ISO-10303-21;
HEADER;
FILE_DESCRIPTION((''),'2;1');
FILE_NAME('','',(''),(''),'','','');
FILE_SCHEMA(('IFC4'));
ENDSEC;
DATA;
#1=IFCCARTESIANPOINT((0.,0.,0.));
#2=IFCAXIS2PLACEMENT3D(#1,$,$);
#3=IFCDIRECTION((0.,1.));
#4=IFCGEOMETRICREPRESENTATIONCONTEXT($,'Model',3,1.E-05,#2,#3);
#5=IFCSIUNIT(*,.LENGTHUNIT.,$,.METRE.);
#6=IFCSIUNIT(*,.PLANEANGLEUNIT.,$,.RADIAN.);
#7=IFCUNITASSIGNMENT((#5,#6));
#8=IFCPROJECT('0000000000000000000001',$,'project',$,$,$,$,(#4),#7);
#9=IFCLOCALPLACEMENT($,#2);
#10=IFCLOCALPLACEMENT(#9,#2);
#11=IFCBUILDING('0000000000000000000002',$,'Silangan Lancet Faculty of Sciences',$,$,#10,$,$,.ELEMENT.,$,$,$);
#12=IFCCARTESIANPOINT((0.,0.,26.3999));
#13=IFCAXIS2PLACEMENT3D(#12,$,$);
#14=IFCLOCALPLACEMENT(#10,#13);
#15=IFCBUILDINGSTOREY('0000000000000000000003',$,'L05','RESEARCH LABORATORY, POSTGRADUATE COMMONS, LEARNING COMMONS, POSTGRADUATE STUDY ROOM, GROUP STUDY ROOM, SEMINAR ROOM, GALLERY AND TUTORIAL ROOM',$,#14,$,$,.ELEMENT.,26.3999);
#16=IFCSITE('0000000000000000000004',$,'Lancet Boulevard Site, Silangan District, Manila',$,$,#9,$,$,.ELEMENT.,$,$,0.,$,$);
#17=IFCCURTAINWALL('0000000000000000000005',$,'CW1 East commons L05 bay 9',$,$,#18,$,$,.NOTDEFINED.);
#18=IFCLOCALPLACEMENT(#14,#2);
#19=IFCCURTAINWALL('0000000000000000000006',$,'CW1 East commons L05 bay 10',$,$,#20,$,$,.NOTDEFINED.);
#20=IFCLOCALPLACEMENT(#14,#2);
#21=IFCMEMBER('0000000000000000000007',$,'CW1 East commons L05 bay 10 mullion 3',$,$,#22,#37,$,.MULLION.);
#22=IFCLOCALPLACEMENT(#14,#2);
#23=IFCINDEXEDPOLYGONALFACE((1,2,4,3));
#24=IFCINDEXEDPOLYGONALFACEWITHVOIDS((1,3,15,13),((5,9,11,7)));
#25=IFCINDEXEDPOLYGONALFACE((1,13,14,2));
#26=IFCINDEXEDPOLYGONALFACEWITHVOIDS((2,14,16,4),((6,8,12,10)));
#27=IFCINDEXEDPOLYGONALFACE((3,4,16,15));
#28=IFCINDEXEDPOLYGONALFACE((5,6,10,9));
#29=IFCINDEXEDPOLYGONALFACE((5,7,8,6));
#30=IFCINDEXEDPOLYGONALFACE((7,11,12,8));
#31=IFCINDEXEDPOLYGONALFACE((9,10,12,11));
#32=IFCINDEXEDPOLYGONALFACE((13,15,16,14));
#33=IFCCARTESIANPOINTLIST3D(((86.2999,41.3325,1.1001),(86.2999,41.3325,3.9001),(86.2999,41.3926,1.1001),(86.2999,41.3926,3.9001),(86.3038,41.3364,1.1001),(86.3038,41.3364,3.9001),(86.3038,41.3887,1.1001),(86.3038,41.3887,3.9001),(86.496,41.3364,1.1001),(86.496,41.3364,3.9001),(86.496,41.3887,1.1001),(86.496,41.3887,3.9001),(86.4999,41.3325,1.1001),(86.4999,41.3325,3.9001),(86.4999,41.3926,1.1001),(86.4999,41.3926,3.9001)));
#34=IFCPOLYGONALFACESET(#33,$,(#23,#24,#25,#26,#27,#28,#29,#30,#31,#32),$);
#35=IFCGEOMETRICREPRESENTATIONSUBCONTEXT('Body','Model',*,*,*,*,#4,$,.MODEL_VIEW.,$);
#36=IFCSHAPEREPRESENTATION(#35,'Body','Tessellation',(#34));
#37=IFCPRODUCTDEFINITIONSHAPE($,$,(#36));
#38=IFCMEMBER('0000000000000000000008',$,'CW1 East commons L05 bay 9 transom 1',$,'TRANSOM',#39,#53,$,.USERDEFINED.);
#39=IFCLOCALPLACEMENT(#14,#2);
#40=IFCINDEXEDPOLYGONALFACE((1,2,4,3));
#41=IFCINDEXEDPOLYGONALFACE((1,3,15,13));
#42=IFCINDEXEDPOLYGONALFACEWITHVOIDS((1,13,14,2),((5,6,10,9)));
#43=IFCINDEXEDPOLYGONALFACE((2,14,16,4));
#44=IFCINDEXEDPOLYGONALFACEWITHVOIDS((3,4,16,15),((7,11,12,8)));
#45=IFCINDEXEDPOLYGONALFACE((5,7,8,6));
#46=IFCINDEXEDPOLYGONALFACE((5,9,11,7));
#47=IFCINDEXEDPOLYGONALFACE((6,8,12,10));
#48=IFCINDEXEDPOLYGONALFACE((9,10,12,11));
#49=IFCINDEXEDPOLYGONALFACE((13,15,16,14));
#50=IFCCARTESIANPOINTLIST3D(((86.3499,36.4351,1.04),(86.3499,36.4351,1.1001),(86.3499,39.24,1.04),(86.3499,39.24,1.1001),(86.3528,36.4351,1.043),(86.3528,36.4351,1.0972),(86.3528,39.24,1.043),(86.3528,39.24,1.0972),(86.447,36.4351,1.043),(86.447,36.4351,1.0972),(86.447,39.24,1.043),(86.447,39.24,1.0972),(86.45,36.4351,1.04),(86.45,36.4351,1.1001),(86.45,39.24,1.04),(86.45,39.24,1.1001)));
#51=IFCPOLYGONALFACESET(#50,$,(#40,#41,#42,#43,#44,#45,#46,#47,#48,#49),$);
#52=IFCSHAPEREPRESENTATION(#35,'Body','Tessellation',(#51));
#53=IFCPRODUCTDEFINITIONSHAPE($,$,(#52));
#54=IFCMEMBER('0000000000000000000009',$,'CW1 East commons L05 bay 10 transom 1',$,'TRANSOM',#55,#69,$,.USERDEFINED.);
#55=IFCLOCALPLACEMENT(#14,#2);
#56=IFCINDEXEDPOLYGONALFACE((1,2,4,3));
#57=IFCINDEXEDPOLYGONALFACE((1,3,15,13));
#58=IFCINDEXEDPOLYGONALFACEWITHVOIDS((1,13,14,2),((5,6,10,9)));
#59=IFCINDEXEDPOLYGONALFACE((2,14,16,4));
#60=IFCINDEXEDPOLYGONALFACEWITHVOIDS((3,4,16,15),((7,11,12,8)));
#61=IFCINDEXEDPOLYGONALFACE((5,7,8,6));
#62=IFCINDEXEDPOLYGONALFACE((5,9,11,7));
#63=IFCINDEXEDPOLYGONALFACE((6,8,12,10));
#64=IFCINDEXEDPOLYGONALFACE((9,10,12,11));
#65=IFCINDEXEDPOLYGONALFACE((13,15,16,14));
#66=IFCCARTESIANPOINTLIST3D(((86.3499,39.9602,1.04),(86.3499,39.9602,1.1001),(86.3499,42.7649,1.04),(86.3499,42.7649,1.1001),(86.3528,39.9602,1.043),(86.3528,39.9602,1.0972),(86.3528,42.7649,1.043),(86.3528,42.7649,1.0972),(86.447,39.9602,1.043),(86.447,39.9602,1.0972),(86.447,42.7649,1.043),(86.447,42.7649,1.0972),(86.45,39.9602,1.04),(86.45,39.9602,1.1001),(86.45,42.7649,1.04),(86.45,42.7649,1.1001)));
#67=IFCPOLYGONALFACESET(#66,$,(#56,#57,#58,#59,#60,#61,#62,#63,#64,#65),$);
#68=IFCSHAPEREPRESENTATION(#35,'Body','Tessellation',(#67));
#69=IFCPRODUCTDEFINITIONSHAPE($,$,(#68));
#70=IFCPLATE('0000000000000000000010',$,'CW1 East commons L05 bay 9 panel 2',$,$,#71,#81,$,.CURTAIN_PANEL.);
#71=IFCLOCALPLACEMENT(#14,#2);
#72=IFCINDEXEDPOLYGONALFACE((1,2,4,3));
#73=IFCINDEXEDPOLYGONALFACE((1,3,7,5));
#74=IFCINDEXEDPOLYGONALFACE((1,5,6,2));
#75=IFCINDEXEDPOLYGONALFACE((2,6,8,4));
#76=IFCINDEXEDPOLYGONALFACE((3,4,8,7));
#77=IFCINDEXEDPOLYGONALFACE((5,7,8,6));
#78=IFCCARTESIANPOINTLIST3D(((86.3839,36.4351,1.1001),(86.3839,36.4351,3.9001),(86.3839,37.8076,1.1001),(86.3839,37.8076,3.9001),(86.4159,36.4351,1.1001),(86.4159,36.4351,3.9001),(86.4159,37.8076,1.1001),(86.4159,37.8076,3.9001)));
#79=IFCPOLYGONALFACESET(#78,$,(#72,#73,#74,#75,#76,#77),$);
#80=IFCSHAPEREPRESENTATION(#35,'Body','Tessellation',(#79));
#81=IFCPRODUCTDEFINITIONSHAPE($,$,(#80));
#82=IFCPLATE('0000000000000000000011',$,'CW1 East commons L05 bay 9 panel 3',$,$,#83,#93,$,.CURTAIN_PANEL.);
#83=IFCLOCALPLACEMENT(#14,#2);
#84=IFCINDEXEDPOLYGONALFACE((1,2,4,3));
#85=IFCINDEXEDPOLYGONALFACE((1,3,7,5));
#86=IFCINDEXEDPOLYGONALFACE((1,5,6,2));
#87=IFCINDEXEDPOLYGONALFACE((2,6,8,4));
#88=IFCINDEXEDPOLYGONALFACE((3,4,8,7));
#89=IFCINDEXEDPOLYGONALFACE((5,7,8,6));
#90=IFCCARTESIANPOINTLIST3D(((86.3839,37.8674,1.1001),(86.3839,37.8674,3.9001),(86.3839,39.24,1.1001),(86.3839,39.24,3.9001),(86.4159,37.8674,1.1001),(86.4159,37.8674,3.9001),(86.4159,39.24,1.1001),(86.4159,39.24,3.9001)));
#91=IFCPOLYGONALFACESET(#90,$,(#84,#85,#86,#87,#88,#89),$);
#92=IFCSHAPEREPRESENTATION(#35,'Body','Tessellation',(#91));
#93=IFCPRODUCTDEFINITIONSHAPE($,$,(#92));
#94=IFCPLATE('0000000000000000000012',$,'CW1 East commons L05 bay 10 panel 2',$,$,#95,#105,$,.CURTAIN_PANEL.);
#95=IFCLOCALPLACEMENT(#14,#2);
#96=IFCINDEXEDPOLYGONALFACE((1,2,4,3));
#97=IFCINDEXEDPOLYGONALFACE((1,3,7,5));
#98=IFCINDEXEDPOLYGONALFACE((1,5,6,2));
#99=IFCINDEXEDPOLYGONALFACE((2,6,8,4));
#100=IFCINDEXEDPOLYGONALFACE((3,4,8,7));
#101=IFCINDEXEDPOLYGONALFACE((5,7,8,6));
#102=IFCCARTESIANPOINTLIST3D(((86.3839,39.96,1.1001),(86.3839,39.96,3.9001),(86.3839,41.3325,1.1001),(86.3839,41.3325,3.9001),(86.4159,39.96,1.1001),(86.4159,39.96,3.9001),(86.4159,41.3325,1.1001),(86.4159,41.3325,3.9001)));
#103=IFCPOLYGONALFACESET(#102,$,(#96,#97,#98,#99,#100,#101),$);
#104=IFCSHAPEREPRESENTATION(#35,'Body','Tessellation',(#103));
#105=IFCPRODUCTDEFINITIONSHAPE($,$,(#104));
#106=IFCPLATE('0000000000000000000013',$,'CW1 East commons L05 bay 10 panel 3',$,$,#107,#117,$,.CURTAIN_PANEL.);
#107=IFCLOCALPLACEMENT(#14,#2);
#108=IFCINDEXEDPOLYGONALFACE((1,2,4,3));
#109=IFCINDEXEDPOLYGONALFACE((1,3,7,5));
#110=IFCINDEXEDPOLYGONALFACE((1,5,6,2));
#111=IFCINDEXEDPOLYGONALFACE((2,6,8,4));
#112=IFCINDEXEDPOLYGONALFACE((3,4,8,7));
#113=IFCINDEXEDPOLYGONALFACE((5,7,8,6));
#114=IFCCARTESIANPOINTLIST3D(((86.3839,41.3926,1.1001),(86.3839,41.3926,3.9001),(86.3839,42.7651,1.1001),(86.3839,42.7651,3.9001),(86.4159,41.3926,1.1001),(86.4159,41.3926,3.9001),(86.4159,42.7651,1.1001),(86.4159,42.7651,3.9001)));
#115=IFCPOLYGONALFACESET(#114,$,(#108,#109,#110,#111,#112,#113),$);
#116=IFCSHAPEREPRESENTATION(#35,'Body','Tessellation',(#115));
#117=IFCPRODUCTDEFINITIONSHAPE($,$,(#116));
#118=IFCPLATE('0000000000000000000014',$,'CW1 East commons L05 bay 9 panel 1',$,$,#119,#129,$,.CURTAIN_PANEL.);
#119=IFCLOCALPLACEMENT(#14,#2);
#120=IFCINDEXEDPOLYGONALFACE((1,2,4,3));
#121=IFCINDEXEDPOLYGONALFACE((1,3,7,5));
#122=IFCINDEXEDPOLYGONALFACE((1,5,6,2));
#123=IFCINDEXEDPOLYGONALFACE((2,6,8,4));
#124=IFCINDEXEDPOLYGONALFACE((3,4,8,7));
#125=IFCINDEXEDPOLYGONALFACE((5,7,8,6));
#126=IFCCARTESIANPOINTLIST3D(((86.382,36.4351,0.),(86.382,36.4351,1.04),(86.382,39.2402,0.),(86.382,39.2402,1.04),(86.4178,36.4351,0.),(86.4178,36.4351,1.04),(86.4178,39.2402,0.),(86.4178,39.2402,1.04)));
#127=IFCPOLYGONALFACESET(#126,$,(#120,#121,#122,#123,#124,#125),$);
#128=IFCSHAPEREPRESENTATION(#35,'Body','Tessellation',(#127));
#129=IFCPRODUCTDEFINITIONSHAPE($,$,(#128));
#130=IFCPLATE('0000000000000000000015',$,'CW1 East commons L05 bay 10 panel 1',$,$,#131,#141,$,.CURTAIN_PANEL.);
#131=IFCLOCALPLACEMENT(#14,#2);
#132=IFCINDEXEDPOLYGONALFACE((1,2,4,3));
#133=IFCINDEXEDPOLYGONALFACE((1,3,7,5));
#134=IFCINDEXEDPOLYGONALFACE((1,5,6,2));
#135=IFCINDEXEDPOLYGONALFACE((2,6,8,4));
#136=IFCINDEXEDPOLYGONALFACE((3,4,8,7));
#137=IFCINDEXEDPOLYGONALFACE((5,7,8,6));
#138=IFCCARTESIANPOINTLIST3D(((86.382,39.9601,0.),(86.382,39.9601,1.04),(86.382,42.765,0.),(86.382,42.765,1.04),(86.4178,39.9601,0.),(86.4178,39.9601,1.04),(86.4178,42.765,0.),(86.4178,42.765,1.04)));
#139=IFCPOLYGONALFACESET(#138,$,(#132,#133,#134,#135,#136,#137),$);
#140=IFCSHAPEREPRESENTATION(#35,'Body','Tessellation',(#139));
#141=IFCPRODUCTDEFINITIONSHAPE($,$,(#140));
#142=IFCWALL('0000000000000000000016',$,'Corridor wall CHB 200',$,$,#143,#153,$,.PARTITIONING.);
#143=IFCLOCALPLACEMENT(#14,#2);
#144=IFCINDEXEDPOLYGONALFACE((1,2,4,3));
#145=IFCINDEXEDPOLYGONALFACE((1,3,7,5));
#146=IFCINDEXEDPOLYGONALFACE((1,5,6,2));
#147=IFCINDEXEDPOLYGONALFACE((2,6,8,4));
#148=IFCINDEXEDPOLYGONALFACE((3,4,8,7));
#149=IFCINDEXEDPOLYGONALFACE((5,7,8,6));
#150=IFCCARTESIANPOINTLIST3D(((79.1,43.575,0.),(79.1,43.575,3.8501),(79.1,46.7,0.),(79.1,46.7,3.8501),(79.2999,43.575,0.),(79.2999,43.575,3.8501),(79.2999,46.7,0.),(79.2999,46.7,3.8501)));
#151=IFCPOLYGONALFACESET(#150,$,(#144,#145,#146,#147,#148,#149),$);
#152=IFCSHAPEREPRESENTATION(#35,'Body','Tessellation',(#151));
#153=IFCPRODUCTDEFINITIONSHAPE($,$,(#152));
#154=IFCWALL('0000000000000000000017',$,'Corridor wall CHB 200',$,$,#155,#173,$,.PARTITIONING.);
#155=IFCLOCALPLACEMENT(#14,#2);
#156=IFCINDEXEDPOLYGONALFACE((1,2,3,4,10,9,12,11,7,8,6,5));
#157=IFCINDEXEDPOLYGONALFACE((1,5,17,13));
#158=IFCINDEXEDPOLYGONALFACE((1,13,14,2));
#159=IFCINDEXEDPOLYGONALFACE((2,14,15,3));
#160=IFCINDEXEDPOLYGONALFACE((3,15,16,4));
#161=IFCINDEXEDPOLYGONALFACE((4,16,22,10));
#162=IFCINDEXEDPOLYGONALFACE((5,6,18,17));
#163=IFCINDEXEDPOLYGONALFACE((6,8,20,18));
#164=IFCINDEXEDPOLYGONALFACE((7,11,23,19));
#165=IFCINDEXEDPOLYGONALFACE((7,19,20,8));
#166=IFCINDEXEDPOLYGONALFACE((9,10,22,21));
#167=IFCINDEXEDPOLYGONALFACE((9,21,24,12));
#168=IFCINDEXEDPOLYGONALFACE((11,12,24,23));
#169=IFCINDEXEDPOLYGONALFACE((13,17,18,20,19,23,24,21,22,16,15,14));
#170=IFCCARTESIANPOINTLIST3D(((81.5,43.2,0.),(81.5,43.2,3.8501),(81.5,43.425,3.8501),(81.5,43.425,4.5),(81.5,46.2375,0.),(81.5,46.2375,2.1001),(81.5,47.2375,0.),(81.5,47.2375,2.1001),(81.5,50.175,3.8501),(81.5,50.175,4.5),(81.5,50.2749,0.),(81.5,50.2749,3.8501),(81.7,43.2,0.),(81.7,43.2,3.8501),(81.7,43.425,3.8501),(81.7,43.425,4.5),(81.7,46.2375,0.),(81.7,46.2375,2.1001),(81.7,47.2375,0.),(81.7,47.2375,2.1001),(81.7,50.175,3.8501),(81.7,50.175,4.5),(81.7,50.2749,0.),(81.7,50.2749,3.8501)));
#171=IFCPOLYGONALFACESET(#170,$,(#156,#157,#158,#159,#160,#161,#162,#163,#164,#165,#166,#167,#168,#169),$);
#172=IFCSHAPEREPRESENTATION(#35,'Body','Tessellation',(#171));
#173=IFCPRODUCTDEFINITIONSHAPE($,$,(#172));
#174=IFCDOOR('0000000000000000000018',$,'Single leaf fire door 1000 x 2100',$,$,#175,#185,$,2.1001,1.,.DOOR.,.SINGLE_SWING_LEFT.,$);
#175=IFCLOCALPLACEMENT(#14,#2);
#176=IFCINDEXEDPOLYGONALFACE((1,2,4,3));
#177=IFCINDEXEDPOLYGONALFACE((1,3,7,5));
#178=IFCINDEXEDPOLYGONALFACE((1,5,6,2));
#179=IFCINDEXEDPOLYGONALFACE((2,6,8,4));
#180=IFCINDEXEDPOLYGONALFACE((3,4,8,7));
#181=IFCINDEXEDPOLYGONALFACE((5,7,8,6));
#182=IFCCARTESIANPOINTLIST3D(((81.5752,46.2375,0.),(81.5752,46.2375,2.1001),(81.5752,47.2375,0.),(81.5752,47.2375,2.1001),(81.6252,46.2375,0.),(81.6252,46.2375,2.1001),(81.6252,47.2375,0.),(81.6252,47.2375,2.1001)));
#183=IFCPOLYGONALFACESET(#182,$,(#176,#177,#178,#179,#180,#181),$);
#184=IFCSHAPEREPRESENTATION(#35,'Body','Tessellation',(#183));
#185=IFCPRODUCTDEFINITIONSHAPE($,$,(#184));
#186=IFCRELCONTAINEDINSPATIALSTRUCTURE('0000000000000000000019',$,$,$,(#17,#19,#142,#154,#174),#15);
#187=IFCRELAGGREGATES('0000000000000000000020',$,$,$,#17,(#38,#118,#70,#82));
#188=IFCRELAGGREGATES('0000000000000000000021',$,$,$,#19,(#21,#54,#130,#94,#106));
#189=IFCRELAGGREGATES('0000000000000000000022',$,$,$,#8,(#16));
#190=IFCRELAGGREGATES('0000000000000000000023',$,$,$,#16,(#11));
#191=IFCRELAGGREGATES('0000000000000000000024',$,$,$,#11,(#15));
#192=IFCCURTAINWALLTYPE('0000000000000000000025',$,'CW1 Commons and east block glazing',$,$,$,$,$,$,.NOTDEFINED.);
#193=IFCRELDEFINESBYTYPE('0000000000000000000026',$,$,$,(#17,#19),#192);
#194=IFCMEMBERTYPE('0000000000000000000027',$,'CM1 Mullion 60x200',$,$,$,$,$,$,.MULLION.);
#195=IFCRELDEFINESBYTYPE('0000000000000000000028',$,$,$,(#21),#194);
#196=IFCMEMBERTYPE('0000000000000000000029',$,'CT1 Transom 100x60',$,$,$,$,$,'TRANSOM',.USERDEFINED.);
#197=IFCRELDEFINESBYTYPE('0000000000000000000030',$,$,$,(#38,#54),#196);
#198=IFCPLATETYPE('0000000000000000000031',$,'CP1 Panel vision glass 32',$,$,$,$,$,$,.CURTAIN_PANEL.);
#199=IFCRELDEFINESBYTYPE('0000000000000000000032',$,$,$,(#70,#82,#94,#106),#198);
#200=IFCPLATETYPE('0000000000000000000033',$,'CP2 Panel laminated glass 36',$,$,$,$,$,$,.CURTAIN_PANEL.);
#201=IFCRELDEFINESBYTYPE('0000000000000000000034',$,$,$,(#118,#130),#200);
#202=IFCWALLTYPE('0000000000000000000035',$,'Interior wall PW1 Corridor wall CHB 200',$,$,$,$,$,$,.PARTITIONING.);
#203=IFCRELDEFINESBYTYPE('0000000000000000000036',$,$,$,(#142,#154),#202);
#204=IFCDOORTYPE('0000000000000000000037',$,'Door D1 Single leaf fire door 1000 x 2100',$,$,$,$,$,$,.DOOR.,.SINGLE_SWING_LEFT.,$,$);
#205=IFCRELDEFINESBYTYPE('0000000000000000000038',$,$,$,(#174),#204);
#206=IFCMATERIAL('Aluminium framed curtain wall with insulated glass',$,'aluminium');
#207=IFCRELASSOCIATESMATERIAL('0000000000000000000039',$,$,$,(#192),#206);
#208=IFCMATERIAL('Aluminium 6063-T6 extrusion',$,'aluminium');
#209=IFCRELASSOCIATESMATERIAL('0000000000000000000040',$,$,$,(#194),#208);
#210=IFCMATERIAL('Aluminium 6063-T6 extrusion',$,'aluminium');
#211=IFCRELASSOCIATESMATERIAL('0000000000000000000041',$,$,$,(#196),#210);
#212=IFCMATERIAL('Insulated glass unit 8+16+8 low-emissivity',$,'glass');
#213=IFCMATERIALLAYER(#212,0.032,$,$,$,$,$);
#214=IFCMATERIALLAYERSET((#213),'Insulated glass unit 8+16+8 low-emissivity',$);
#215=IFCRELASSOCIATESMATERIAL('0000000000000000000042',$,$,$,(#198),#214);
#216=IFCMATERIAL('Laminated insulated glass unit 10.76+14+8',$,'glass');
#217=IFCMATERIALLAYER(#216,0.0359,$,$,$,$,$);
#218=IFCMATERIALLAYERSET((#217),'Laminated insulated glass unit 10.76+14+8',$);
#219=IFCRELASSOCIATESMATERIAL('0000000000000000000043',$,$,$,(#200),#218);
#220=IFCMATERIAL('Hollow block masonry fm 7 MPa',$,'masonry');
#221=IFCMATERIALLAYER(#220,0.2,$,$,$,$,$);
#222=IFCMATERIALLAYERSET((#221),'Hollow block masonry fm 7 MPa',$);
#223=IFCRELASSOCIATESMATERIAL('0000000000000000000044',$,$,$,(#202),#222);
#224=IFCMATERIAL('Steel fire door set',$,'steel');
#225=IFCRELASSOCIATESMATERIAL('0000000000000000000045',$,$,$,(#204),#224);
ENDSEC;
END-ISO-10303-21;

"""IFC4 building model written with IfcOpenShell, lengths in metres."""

from ifc_helpers import new_model, si_unit, direction, frame, frame_2d, origin, origin_2d, place, context, subcontext, project, spatial, polyline, rectangle, hollow_rectangle, outline, extrude, material, layer, layer_set, material_profile, profile_set, type_object, element, fill, aggregate, save


model = new_model("IFC4")

# Units and contexts
model_context = context("Model", 3, precision=1e-05, world=origin(), true_north=direction((0.0, 1.0)))
body_context = subcontext(model_context, "Body", "Model", "MODEL_VIEW")
ifc_project = project(units=[si_unit("LENGTHUNIT", "METRE"), si_unit("PLANEANGLEUNIT", "RADIAN")], contexts=[model_context])

# Site, building, storey
site_placement = place(None, origin())
site = spatial("IfcSite", under=ifc_project, at=site_placement, Name="Lancet Boulevard Site, Silangan District, Manila", CompositionType="ELEMENT", RefElevation=0.0)
building_placement = place(site_placement, origin())
building = spatial("IfcBuilding", under=site, at=building_placement, Name="Silangan Lancet Faculty of Sciences", CompositionType="ELEMENT")
storey_placement = place(building_placement, frame((0.0, 0.0, 26.3999)))
storey = spatial("IfcBuildingStorey", under=building, at=storey_placement, Name="L05", Description="RESEARCH LABORATORY, POSTGRADUATE COMMONS, LEARNING COMMONS, POSTGRADUATE STUDY ROOM, GROUP STUDY ROOM, SEMINAR ROOM, GALLERY AND TUTORIAL ROOM", CompositionType="ELEMENT", Elevation=26.3999)

# Curtain walls, member
ifc_material_1 = material(Name="Aluminium framed curtain wall with insulated glass", Category="aluminium")
curtain_wall_type = type_object("IfcCurtainWallType", Name="CW1 Commons and east block glazing", PredefinedType="NOTDEFINED", material=ifc_material_1)
curtain_wall_1_placement = place(storey_placement, origin())
curtain_wall_1 = element("IfcCurtainWall", 1, at=curtain_wall_1_placement, inside=storey, type_object=curtain_wall_type, Name="CW1 East commons L05 bay 9", PredefinedType="NOTDEFINED")
ifc_material_2 = material(Name="Aluminium 6063-T6 extrusion", Category="aluminium")
ifc_material_profile_1 = material_profile(ifc_material_2, hollow_rectangle(XDim=0.0601, YDim=0.2, WallThickness=0.0039, at=origin_2d()), Name="AL BOX 60x200x4")
ifc_profile_set_1 = profile_set([ifc_material_profile_1], Name="Aluminium 6063-T6 extrusion")
member_type_1 = type_object("IfcMemberType", Name="CM1 Mullion 60x200", PredefinedType="MULLION", material=ifc_profile_set_1)
curtain_wall_2_placement = place(storey_placement, origin())
curtain_wall_2 = element("IfcCurtainWall", 2, at=curtain_wall_2_placement, inside=storey, type_object=curtain_wall_type, Name="CW1 East commons L05 bay 10", PredefinedType="NOTDEFINED")
member_1_placement = place(storey_placement, frame((86.3999, 41.3625, 1.1001), z_axis=(0.0, 0.0, 1.0), x_axis=(0.0, 1.0, 0.0)))
member_1 = element("IfcMember", 3, at=member_1_placement, type_object=member_type_1, Name="CW1 East commons L05 bay 10 mullion 3", PredefinedType="MULLION", context=body_context, shape_type="SweptSolid", body=[
    extrude(hollow_rectangle(XDim=0.0601, YDim=0.2, WallThickness=0.0039, at=origin_2d()), origin(), (0.0, 0.0, 1.0), 2.8),
])

# Members
ifc_material_3 = material(Name="Aluminium 6063-T6 extrusion", Category="aluminium")
ifc_material_profile_2 = material_profile(ifc_material_3, hollow_rectangle(XDim=0.1001, YDim=0.0601, WallThickness=0.0029, at=origin_2d()), Name="AL BOX 100x60x3")
ifc_profile_set_2 = profile_set([ifc_material_profile_2], Name="Aluminium 6063-T6 extrusion")
member_type_2 = type_object("IfcMemberType", Name="CT1 Transom 100x60", ElementType="TRANSOM", PredefinedType="USERDEFINED", material=ifc_profile_set_2)
member_2_placement = place(storey_placement, frame((86.3999, 36.4351, 1.0701), z_axis=(0.0, 1.0, 0.0), x_axis=(-1.0, 0.0, 0.0)))
member_2 = element("IfcMember", 4, at=member_2_placement, type_object=member_type_2, Name="CW1 East commons L05 bay 9 transom 1", ObjectType="TRANSOM", PredefinedType="USERDEFINED", context=body_context, shape_type="SweptSolid", body=[
    extrude(hollow_rectangle(XDim=0.1001, YDim=0.0601, WallThickness=0.0029, at=origin_2d()), origin(), (0.0, 0.0, 1.0), 2.8049),
])
member_3_placement = place(storey_placement, frame((86.3999, 39.9602, 1.0701), z_axis=(0.0, 1.0, 0.0), x_axis=(-1.0, 0.0, 0.0)))
member_3 = element("IfcMember", 5, at=member_3_placement, type_object=member_type_2, Name="CW1 East commons L05 bay 10 transom 1", ObjectType="TRANSOM", PredefinedType="USERDEFINED", context=body_context, shape_type="SweptSolid", body=[
    extrude(hollow_rectangle(XDim=0.1001, YDim=0.0601, WallThickness=0.0029, at=origin_2d()), origin(), (0.0, 0.0, 1.0), 2.8047),
])

# Plates
ifc_material_4 = material(Name="Insulated glass unit 8+16+8 low-emissivity", Category="glass")
ifc_layer_1 = layer(ifc_material_4, 0.032)
ifc_layer_set_1 = layer_set([ifc_layer_1], Name="Insulated glass unit 8+16+8 low-emissivity")
plate_type_1 = type_object("IfcPlateType", Name="CP1 Panel vision glass 32", PredefinedType="CURTAIN_PANEL", material=ifc_layer_set_1)
plate_1_placement = place(storey_placement, frame((86.3999, 37.1213, 1.1001), z_axis=(0.0, 0.0, 1.0), x_axis=(0.0, 1.0, 0.0)))
plate_1 = element("IfcPlate", 6, at=plate_1_placement, type_object=plate_type_1, Name="CW1 East commons L05 bay 9 panel 2", PredefinedType="CURTAIN_PANEL", context=body_context, shape_type="SweptSolid", body=[
    extrude(rectangle(XDim=1.3726, YDim=0.032, at=origin_2d()), origin(), (0.0, 0.0, 1.0), 2.8),
])
plate_2_placement = place(storey_placement, frame((86.3999, 38.5537, 1.1001), z_axis=(0.0, 0.0, 1.0), x_axis=(0.0, 1.0, 0.0)))
plate_2 = element("IfcPlate", 7, at=plate_2_placement, type_object=plate_type_1, Name="CW1 East commons L05 bay 9 panel 3", PredefinedType="CURTAIN_PANEL", context=body_context, shape_type="SweptSolid", body=[
    extrude(rectangle(XDim=1.3726, YDim=0.032, at=origin_2d()), origin(), (0.0, 0.0, 1.0), 2.8),
])
plate_3_placement = place(storey_placement, frame((86.3999, 40.6462, 1.1001), z_axis=(0.0, 0.0, 1.0), x_axis=(0.0, 1.0, 0.0)))
plate_3 = element("IfcPlate", 8, at=plate_3_placement, type_object=plate_type_1, Name="CW1 East commons L05 bay 10 panel 2", PredefinedType="CURTAIN_PANEL", context=body_context, shape_type="SweptSolid", body=[
    extrude(rectangle(XDim=1.3726, YDim=0.032, at=origin_2d()), origin(), (0.0, 0.0, 1.0), 2.8),
])
plate_4_placement = place(storey_placement, frame((86.3999, 42.0789, 1.1001), z_axis=(0.0, 0.0, 1.0), x_axis=(0.0, 1.0, 0.0)))
plate_4 = element("IfcPlate", 9, at=plate_4_placement, type_object=plate_type_1, Name="CW1 East commons L05 bay 10 panel 3", PredefinedType="CURTAIN_PANEL", context=body_context, shape_type="SweptSolid", body=[
    extrude(rectangle(XDim=1.3726, YDim=0.032, at=origin_2d()), origin(), (0.0, 0.0, 1.0), 2.8),
])
ifc_material_5 = material(Name="Laminated insulated glass unit 10.76+14+8", Category="glass")
ifc_layer_2 = layer(ifc_material_5, 0.0359)
ifc_layer_set_2 = layer_set([ifc_layer_2], Name="Laminated insulated glass unit 10.76+14+8")
plate_type_2 = type_object("IfcPlateType", Name="CP2 Panel laminated glass 36", PredefinedType="CURTAIN_PANEL", material=ifc_layer_set_2)
plate_5_placement = place(storey_placement, frame((86.3999, 37.8376, 0.0), z_axis=(0.0, 0.0, 1.0), x_axis=(0.0, 1.0, 0.0)))
plate_5 = element("IfcPlate", 10, at=plate_5_placement, type_object=plate_type_2, Name="CW1 East commons L05 bay 9 panel 1", PredefinedType="CURTAIN_PANEL", context=body_context, shape_type="SweptSolid", body=[
    extrude(rectangle(XDim=2.8052, YDim=0.0359, at=origin_2d()), origin(), (0.0, 0.0, 1.0), 1.04),
])
aggregate(curtain_wall_1, [member_2, plate_5, plate_1, plate_2])
plate_6_placement = place(storey_placement, frame((86.3999, 41.3625, 0.0), z_axis=(0.0, 0.0, 1.0), x_axis=(0.0, 1.0, 0.0)))
plate_6 = element("IfcPlate", 11, at=plate_6_placement, type_object=plate_type_2, Name="CW1 East commons L05 bay 10 panel 1", PredefinedType="CURTAIN_PANEL", context=body_context, shape_type="SweptSolid", body=[
    extrude(rectangle(XDim=2.8049, YDim=0.0359, at=origin_2d()), origin(), (0.0, 0.0, 1.0), 1.04),
])
aggregate(curtain_wall_2, [member_1, member_3, plate_6, plate_3, plate_4])

# Wall
ifc_material_6 = material(Name="Hollow block masonry fm 7 MPa", Category="masonry")
ifc_layer_3 = layer(ifc_material_6, 0.2)
ifc_layer_set_3 = layer_set([ifc_layer_3], Name="Hollow block masonry fm 7 MPa")
wall_type_1 = type_object("IfcWallType", Name="Interior wall PW1 Corridor wall CHB 200", PredefinedType="PARTITIONING", material=ifc_layer_set_3)
wall_1_placement = place(storey_placement, frame((79.2, 43.575, 0.0), z_axis=(0.0, 0.0, 1.0), x_axis=(0.0, 1.0, 0.0)))
element("IfcWall", 12, at=wall_1_placement, inside=storey, type_object=wall_type_1, Name="Corridor wall CHB 200", PredefinedType="PARTITIONING", context=body_context, shape_type="SweptSolid", body=[
    extrude(rectangle(XDim=3.125, YDim=0.2, at=frame_2d((1.5625, 0.0))), origin(), (0.0, 0.0, 1.0), 3.8501),
])

# Wall, opening, door
wall_2_placement = place(storey_placement, frame((81.6001, 43.2, 0.0), z_axis=(0.0, 0.0, 1.0), x_axis=(0.0, 1.0, 0.0)))
wall_2 = element("IfcWall", 13, at=wall_2_placement, inside=storey, type_object=wall_type_1, Name="Corridor wall CHB 200", PredefinedType="PARTITIONING", context=body_context, shape_type="SweptSolid", body=[
    extrude(outline(polyline([(0.0, 0.0), (7.075, 0.0), (7.075, 3.8501), (6.9751, 3.8501), (6.9751, 4.5), (0.2251, 4.5), (0.2251, 3.8501), (0.0, 3.8501), (0.0, 0.0)])), frame((0.0, 0.1001, 0.0), z_axis=(0.0, -1.0, 0.0), x_axis=(1.0, 0.0, 0.0)), (0.0, 0.0, 1.0), 0.2),
])
opening_placement = place(wall_2_placement, frame((3.0376, 0.0, 0.0)))
opening = element("IfcOpeningElement", 14, at=opening_placement, cuts=wall_2, PredefinedType="OPENING", context=body_context, shape_type="SweptSolid", body=[
    extrude(rectangle(XDim=1.0, YDim=2.1001, at=frame_2d((0.5, 1.05))), frame((0.0, 0.1099, 0.0), z_axis=(0.0, -1.0, 0.0), x_axis=(1.0, 0.0, 0.0)), (0.0, 0.0, 1.0), 0.22),
])
ifc_material_7 = material(Name="Steel fire door set", Category="steel")
door_type = type_object("IfcDoorType", Name="Door D1 Single leaf fire door 1000 x 2100", OperationType="SINGLE_SWING_LEFT", PredefinedType="DOOR", material=ifc_material_7)
door_placement = place(opening_placement, frame((1.0, 0.0, 0.0), z_axis=(0.0, 0.0, 1.0), x_axis=(-1.0, 0.0, 0.0)))
door = element("IfcDoor", 15, at=door_placement, inside=storey, type_object=door_type, Name="Single leaf fire door 1000 x 2100", OperationType="SINGLE_SWING_LEFT", OverallHeight=2.1001, OverallWidth=1.0, PredefinedType="DOOR", context=body_context, shape_type="SweptSolid", body=[
    extrude(rectangle(XDim=1.0, YDim=2.1001, at=frame_2d((0.5, 1.05))), frame((0.0, 0.0251, 0.0), z_axis=(0.0, -1.0, 0.0), x_axis=(1.0, 0.0, 0.0)), (0.0, 0.0, 1.0), 0.05),
])
fill(opening, door)

save(model, "model.ifc")
